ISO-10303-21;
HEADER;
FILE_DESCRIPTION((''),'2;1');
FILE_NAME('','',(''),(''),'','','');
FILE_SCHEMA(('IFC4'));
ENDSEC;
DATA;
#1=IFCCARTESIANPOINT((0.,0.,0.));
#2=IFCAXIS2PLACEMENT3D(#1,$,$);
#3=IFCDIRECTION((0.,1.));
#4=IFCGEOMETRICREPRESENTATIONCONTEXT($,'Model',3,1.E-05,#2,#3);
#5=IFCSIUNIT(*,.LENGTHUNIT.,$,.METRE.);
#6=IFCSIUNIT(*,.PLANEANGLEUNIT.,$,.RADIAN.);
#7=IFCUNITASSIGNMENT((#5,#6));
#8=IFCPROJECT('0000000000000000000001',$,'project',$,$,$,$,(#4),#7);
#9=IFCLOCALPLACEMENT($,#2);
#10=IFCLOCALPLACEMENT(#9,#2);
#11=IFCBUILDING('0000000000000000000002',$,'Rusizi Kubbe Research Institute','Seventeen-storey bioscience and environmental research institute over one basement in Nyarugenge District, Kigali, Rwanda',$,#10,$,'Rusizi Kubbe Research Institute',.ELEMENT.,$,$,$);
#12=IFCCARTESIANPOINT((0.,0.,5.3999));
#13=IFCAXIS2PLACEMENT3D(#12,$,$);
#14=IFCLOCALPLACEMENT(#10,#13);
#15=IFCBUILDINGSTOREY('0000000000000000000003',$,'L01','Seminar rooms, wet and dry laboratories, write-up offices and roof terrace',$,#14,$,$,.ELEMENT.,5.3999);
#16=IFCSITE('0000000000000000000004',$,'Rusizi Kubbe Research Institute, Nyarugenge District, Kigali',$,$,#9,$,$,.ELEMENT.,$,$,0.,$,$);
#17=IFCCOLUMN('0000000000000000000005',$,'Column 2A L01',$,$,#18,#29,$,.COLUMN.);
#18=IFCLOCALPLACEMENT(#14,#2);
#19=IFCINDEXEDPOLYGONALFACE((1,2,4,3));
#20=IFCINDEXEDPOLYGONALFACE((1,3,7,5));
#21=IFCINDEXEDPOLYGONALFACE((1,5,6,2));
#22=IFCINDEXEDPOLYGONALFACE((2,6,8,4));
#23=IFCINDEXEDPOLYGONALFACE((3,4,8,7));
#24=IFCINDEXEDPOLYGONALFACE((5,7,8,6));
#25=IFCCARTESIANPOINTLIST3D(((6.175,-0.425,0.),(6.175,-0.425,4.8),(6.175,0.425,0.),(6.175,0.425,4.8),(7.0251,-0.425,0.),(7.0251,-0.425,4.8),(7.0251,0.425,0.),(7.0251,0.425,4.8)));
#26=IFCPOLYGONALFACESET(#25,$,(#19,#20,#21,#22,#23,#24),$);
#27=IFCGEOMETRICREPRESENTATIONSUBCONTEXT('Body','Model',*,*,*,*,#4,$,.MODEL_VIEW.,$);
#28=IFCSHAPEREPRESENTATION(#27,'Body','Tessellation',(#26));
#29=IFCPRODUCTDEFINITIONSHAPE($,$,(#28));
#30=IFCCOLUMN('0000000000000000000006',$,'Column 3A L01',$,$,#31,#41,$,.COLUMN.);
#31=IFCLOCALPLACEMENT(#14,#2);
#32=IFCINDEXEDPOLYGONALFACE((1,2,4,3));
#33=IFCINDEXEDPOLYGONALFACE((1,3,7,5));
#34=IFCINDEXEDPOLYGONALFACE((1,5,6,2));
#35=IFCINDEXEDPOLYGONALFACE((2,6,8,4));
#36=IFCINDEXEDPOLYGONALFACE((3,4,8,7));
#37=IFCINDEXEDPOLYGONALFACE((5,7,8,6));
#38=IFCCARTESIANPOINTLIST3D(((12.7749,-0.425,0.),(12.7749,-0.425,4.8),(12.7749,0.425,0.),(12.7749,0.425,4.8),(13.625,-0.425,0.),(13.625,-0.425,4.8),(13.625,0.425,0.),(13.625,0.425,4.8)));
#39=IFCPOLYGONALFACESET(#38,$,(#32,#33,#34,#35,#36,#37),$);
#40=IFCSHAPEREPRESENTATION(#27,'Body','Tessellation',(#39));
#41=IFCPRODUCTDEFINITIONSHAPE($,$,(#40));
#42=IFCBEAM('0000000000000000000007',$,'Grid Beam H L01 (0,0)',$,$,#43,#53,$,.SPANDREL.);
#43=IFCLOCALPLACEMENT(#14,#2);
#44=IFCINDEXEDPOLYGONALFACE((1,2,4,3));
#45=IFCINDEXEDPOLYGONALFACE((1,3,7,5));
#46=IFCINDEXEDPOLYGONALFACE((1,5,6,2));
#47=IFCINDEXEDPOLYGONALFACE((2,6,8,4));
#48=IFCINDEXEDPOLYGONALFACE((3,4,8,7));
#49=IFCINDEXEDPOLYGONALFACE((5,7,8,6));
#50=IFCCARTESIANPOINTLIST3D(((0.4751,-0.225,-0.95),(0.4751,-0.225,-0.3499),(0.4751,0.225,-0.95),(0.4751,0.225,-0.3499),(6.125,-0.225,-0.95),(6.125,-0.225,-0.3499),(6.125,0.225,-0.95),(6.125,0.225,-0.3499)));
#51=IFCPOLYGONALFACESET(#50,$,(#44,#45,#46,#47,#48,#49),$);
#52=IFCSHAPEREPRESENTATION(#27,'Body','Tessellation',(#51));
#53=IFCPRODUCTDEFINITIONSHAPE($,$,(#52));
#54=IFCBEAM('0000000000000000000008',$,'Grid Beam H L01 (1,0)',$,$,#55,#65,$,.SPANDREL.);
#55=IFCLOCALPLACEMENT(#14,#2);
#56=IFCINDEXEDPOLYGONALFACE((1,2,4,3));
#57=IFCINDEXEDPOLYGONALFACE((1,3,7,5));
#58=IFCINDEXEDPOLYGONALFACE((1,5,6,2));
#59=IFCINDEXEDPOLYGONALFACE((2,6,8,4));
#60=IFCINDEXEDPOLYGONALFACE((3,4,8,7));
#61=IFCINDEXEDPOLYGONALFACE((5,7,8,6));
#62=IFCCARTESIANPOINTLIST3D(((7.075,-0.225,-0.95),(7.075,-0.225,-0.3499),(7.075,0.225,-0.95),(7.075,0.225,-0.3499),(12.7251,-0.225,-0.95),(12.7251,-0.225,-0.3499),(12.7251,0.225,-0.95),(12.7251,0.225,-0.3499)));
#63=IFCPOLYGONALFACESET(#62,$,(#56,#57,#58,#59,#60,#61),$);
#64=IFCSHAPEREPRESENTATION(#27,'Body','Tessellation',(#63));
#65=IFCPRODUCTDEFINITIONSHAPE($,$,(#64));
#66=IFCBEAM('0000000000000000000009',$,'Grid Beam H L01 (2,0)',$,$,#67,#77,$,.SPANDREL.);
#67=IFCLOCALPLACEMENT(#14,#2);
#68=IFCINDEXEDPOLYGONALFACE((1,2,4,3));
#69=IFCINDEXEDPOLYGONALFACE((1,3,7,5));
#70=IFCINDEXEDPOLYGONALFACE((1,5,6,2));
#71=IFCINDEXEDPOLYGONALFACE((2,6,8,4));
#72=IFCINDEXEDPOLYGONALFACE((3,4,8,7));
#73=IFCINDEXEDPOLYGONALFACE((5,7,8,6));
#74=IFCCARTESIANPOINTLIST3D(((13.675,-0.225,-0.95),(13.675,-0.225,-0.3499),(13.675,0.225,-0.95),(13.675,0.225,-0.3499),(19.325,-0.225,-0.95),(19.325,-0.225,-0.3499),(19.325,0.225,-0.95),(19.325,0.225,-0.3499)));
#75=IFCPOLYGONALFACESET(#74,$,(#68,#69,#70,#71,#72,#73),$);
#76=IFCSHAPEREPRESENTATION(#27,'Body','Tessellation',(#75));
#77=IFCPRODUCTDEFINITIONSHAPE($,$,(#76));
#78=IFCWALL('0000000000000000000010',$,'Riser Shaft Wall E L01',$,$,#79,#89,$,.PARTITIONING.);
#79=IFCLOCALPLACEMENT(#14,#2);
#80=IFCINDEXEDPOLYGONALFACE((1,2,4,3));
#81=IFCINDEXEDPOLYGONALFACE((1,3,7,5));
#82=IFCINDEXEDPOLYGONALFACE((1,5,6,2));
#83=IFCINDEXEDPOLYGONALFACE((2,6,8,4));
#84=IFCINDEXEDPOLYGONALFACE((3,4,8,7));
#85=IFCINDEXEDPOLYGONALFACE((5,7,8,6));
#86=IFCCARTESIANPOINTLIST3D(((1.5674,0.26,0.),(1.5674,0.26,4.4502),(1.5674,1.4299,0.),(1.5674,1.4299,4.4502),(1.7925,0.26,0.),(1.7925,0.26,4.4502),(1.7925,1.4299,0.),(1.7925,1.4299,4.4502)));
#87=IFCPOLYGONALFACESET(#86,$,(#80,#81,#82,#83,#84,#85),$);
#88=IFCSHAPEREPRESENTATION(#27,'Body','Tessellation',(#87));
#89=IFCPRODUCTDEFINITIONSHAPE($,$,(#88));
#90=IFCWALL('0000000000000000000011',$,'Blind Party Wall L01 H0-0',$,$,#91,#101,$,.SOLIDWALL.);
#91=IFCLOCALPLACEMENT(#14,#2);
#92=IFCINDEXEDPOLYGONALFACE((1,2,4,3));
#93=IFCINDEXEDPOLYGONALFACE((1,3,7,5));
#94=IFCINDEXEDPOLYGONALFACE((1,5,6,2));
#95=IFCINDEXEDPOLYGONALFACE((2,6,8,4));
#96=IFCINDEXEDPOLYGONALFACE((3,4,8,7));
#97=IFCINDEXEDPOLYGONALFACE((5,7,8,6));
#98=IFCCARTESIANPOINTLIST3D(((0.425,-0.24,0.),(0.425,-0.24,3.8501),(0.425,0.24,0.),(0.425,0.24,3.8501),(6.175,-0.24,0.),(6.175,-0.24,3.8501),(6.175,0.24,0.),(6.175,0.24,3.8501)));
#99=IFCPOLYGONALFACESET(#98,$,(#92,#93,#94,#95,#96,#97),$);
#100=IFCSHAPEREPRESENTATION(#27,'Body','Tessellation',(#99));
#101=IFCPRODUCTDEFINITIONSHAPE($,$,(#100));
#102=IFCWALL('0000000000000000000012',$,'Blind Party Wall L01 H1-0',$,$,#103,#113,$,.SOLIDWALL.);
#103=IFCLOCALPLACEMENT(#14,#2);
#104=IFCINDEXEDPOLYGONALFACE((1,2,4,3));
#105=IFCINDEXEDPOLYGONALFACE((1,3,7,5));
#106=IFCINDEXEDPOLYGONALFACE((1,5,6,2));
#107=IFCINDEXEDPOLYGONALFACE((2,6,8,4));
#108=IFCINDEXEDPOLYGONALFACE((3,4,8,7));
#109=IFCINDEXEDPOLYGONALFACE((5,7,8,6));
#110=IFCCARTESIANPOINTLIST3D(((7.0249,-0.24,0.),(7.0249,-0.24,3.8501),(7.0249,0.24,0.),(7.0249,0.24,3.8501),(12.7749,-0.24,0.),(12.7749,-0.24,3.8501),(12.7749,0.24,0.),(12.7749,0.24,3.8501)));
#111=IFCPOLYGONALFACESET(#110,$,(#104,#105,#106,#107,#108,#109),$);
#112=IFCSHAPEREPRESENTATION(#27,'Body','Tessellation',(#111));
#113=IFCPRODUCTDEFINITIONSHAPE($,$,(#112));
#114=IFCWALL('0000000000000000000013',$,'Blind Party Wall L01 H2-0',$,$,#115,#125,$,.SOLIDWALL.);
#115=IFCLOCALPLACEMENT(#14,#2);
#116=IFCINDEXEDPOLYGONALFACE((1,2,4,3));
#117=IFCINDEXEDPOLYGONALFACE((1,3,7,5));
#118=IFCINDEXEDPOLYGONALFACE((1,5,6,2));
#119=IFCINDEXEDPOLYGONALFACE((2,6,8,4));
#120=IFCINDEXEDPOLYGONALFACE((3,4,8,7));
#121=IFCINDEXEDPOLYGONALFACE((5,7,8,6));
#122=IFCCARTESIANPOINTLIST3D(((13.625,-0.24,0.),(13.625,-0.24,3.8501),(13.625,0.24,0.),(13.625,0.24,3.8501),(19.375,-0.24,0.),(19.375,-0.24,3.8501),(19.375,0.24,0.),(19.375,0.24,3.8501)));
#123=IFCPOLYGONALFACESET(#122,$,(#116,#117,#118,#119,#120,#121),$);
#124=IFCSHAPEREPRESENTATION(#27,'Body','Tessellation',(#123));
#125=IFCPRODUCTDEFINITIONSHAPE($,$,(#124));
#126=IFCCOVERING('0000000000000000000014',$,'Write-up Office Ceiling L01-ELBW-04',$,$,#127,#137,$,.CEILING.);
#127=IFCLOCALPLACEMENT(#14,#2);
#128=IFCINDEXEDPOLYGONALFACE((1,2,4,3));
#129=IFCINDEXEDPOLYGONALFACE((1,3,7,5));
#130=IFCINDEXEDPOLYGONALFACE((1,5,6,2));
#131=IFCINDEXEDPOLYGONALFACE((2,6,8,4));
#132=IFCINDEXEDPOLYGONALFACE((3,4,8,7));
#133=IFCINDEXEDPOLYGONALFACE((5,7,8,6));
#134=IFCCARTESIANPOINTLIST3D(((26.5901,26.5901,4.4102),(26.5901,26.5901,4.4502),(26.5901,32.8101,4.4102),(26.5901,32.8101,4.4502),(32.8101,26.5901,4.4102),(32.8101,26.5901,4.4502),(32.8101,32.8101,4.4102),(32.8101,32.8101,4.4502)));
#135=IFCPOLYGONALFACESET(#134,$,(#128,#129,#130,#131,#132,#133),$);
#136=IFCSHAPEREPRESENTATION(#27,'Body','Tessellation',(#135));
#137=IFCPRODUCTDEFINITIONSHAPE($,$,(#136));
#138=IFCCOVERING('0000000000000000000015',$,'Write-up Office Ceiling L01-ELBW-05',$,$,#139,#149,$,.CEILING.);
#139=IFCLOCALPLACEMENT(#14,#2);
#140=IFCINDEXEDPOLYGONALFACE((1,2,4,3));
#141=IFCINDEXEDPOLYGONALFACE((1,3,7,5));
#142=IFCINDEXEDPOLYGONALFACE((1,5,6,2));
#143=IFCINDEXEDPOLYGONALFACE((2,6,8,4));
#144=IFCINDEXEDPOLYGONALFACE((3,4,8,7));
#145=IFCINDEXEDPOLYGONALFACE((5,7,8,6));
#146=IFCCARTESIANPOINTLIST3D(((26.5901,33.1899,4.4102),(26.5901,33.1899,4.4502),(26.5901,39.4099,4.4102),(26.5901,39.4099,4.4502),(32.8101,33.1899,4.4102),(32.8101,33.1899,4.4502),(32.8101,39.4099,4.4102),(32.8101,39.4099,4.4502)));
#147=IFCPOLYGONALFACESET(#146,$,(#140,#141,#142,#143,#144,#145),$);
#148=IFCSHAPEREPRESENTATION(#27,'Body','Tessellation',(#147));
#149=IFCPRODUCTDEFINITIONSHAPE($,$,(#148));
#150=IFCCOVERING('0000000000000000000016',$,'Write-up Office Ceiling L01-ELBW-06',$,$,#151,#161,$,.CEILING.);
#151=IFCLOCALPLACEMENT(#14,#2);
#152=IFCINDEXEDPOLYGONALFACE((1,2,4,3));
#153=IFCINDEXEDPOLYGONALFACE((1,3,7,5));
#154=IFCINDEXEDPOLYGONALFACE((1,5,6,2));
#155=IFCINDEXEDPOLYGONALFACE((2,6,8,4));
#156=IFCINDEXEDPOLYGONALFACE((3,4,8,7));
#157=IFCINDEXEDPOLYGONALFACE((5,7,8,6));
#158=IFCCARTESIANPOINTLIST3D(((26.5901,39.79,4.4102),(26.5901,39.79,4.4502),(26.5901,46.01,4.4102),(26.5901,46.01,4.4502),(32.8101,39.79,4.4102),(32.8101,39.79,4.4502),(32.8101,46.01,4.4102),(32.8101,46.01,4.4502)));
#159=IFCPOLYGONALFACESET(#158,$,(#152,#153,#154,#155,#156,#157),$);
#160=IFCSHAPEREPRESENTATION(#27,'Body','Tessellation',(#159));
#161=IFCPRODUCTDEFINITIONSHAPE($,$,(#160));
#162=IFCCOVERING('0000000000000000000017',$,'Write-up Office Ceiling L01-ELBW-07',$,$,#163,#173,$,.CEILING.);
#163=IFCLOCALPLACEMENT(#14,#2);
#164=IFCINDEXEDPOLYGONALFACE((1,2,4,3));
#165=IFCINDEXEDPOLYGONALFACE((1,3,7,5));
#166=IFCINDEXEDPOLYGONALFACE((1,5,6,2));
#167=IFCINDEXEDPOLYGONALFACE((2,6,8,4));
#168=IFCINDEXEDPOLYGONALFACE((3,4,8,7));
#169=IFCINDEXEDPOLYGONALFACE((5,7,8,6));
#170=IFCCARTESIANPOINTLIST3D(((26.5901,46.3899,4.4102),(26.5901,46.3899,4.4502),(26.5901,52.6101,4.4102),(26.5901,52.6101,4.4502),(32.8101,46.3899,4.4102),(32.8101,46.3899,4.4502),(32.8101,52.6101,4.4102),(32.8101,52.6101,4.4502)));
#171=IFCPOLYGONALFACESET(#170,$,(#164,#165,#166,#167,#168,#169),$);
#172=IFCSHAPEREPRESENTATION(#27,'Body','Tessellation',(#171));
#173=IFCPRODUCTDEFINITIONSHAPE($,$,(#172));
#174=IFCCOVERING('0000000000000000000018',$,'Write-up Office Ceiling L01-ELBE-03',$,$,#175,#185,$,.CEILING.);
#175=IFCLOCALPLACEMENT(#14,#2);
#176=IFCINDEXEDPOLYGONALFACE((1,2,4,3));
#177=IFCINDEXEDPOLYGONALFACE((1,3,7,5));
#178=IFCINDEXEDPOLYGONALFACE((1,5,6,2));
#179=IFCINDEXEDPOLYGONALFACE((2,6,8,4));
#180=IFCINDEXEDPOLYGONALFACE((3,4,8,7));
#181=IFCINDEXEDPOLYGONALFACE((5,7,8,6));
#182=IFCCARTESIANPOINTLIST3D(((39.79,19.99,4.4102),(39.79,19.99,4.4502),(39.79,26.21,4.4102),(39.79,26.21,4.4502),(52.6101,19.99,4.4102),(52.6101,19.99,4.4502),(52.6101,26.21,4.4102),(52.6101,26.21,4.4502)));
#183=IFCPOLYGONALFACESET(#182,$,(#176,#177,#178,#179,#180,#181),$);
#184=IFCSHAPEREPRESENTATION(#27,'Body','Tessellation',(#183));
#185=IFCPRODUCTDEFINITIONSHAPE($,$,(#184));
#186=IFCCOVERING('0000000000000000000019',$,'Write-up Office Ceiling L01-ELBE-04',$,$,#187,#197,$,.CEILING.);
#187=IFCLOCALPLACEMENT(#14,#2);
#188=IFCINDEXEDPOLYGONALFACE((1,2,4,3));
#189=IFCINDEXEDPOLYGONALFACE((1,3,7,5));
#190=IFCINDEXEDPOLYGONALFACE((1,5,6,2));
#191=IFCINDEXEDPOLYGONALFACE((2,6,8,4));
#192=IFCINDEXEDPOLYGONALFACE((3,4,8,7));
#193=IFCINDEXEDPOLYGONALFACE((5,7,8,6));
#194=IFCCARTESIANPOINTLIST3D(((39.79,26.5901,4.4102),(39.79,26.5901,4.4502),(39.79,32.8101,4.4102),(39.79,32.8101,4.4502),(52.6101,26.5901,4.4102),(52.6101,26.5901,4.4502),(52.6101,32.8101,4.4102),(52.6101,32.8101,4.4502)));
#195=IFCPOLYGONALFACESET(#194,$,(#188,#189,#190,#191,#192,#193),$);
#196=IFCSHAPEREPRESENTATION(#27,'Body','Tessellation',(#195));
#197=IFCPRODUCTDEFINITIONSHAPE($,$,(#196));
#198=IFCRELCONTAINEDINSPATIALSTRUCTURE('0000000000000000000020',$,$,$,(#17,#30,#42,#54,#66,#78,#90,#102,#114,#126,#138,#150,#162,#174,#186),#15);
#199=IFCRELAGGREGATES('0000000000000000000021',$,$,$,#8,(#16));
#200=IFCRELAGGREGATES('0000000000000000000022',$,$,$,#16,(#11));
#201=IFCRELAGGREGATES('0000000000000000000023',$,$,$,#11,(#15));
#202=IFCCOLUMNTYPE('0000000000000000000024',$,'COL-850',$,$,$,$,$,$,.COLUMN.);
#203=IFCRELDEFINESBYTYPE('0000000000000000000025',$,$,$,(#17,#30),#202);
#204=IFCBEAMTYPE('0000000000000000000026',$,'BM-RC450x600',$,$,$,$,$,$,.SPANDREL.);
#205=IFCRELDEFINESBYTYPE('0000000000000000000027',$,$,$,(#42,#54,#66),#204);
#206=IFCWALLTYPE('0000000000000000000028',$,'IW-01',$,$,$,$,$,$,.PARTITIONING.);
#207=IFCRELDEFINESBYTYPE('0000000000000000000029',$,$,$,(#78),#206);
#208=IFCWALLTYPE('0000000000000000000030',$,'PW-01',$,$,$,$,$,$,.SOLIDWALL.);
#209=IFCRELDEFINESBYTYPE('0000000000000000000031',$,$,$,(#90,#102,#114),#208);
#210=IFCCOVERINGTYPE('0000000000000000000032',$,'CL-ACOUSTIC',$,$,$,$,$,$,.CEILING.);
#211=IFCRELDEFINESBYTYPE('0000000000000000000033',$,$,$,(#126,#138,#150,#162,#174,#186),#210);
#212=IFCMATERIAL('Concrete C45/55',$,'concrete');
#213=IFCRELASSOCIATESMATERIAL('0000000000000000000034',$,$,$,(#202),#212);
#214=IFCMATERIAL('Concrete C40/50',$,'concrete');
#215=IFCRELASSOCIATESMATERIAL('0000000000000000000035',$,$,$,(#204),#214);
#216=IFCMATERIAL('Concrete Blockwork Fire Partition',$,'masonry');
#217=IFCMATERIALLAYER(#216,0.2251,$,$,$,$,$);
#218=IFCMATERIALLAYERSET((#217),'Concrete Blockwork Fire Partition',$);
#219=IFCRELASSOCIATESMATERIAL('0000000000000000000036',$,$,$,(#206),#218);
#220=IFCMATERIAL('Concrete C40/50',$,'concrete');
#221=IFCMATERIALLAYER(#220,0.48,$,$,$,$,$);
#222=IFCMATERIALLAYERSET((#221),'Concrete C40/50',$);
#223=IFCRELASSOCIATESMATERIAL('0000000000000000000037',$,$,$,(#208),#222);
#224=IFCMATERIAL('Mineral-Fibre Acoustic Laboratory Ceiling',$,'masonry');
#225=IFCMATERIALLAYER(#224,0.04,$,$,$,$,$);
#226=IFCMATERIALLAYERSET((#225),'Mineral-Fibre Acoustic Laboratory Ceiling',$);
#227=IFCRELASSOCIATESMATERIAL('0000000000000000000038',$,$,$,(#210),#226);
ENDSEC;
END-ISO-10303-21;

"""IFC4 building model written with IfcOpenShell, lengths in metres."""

from ifc_helpers import new_model, si_unit, direction, frame, frame_2d, origin, origin_2d, place, context, subcontext, project, spatial, polyline, rectangle, outline, extrude, material, layer, layer_set, material_profile, profile_set, type_object, element, save


model = new_model("IFC4")

# Units and contexts
model_context = context("Model", 3, precision=1e-05, world=origin(), true_north=direction((0.0, 1.0)))
body_context = subcontext(model_context, "Body", "Model", "MODEL_VIEW")
ifc_project = project(units=[si_unit("LENGTHUNIT", "METRE"), si_unit("PLANEANGLEUNIT", "RADIAN")], contexts=[model_context])

# Site, building, storey
site_placement = place(None, origin())
site = spatial("IfcSite", under=ifc_project, at=site_placement, Name="Rusizi Kubbe Research Institute, Nyarugenge District, Kigali", CompositionType="ELEMENT", RefElevation=0.0)
building_placement = place(site_placement, origin())
building = spatial("IfcBuilding", under=site, at=building_placement, Name="Rusizi Kubbe Research Institute", Description="Seventeen-storey bioscience and environmental research institute over one basement in Nyarugenge District, Kigali, Rwanda", LongName="Rusizi Kubbe Research Institute", CompositionType="ELEMENT")
storey_placement = place(building_placement, frame((0.0, 0.0, 5.3999)))
storey = spatial("IfcBuildingStorey", under=building, at=storey_placement, Name="L01", Description="Seminar rooms, wet and dry laboratories, write-up offices and roof terrace", CompositionType="ELEMENT", Elevation=5.3999)

# Columns
ifc_material_1 = material(Name="Concrete C45/55", Category="concrete")
ifc_material_profile_1 = material_profile(ifc_material_1, rectangle(XDim=0.8501, YDim=0.8501, at=origin_2d()), Name="RC850x850")
ifc_profile_set_1 = profile_set([ifc_material_profile_1], Name="Concrete C45/55")
column_type = type_object("IfcColumnType", Name="COL-850", PredefinedType="COLUMN", material=ifc_profile_set_1)
for number, where, z_axis, x_axis, name in (
    (1, (6.6001, 0.0, 0.0), (0.0, 0.0, 1.0), (1.0, 0.0, 0.0), "Column 2A L01"),
    (2, (13.2, 0.0, 0.0), (0.0, 0.0, 1.0), (1.0, 0.0, 0.0), "Column 3A L01"),
):
    element("IfcColumn", number, at=place(storey_placement, frame(where, z_axis=z_axis, x_axis=x_axis)), inside=storey, type_object=column_type, Name=name, PredefinedType="COLUMN", context=body_context, shape_type="SweptSolid", body=[
        extrude(rectangle(XDim=0.8501, YDim=0.8501, at=origin_2d()), origin(), (0.0, 0.0, 1.0), 4.8),
    ])

# Beams
ifc_material_2 = material(Name="Concrete C40/50", Category="concrete")
ifc_material_profile_2 = material_profile(ifc_material_2, rectangle(XDim=0.45, YDim=0.6001, at=origin_2d()), Name="RC450x600")
ifc_profile_set_2 = profile_set([ifc_material_profile_2], Name="Concrete C40/50")
beam_type = type_object("IfcBeamType", Name="BM-RC450x600", PredefinedType="SPANDREL", material=ifc_profile_set_2)
beam_1_placement = place(storey_placement, frame((0.4751, 0.0, -0.6499), z_axis=(1.0, 0.0, 0.0), x_axis=(0.0, 1.0, 0.0)))
element("IfcBeam", 3, at=beam_1_placement, inside=storey, type_object=beam_type, Name="Grid Beam H L01 (0,0)", PredefinedType="SPANDREL", context=body_context, shape_type="SweptSolid", body=[
    extrude(rectangle(XDim=0.45, YDim=0.6001, at=origin_2d()), origin(), (0.0, 0.0, 1.0), 5.6499),
])
beam_2_placement = place(storey_placement, frame((7.075, 0.0, -0.6499), z_axis=(1.0, 0.0, 0.0), x_axis=(0.0, 1.0, 0.0)))
element("IfcBeam", 4, at=beam_2_placement, inside=storey, type_object=beam_type, Name="Grid Beam H L01 (1,0)", PredefinedType="SPANDREL", context=body_context, shape_type="SweptSolid", body=[
    extrude(rectangle(XDim=0.45, YDim=0.6001, at=origin_2d()), origin(), (0.0, 0.0, 1.0), 5.6501),
])
beam_3_placement = place(storey_placement, frame((13.675, 0.0, -0.6499), z_axis=(1.0, 0.0, 0.0), x_axis=(0.0, 1.0, 0.0)))
element("IfcBeam", 5, at=beam_3_placement, inside=storey, type_object=beam_type, Name="Grid Beam H L01 (2,0)", PredefinedType="SPANDREL", context=body_context, shape_type="SweptSolid", body=[
    extrude(rectangle(XDim=0.45, YDim=0.6001, at=origin_2d()), origin(), (0.0, 0.0, 1.0), 5.6499),
])

# Walls
ifc_material_3 = material(Name="Concrete Blockwork Fire Partition", Category="masonry")
ifc_layer_1 = layer(ifc_material_3, 0.2251)
ifc_layer_set_1 = layer_set([ifc_layer_1], Name="Concrete Blockwork Fire Partition")
wall_type_1 = type_object("IfcWallType", Name="IW-01", PredefinedType="PARTITIONING", material=ifc_layer_set_1)
wall_placement = place(storey_placement, frame((1.6799, 0.26, 0.0), z_axis=(0.0, 0.0, 1.0), x_axis=(0.0, 1.0, 0.0)))
element("IfcWall", 6, at=wall_placement, inside=storey, type_object=wall_type_1, Name="Riser Shaft Wall E L01", PredefinedType="PARTITIONING", context=body_context, shape_type="SweptSolid", body=[
    extrude(rectangle(XDim=1.1699, YDim=0.2251, at=frame_2d((0.585, 0.0))), origin(), (0.0, 0.0, 1.0), 4.4502),
])
ifc_material_4 = material(Name="Concrete C40/50", Category="concrete")
ifc_layer_2 = layer(ifc_material_4, 0.48)
ifc_layer_set_2 = layer_set([ifc_layer_2], Name="Concrete C40/50")
wall_type_2 = type_object("IfcWallType", Name="PW-01", PredefinedType="SOLIDWALL", material=ifc_layer_set_2)
for number, where, z_axis, x_axis, name in (
    (7, (0.425, 0.0, 0.0), (0.0, 0.0, 1.0), (1.0, 0.0, 0.0), "Blind Party Wall L01 H0-0"),
    (8, (7.0249, 0.0, 0.0), (0.0, 0.0, 1.0), (1.0, 0.0, 0.0), "Blind Party Wall L01 H1-0"),
    (9, (13.625, 0.0, 0.0), (0.0, 0.0, 1.0), (1.0, 0.0, 0.0), "Blind Party Wall L01 H2-0"),
):
    element("IfcWall", number, at=place(storey_placement, frame(where, z_axis=z_axis, x_axis=x_axis)), inside=storey, type_object=wall_type_2, Name=name, PredefinedType="SOLIDWALL", context=body_context, shape_type="SweptSolid", body=[
        extrude(rectangle(XDim=5.75, YDim=0.48, at=frame_2d((2.875, 0.0))), origin(), (0.0, 0.0, 1.0), 3.8501),
    ])

# Coverings
ifc_material_5 = material(Name="Mineral-Fibre Acoustic Laboratory Ceiling", Category="masonry")
ifc_layer_3 = layer(ifc_material_5, 0.04)
ifc_layer_set_3 = layer_set([ifc_layer_3], Name="Mineral-Fibre Acoustic Laboratory Ceiling")
covering_type_1 = type_object("IfcCoveringType", Name="CL-ACOUSTIC", PredefinedType="CEILING", material=ifc_layer_set_3)
covering_1_placement = place(storey_placement, frame((0.0, 0.0, 4.4102)))
element("IfcCovering", 10, at=covering_1_placement, inside=storey, type_object=covering_type_1, Name="Write-up Office Ceiling L01-ELBW-04", PredefinedType="CEILING", context=body_context, shape_type="SweptSolid", body=[
    extrude(outline(polyline([(26.5901, 26.5901), (32.8101, 26.5901), (32.8101, 32.8101), (26.5901, 32.8101), (26.5901, 26.5901)])), origin(), (0.0, 0.0, 1.0), 0.04),
])
covering_2_placement = place(storey_placement, frame((0.0, 0.0, 4.4102)))
element("IfcCovering", 11, at=covering_2_placement, inside=storey, type_object=covering_type_1, Name="Write-up Office Ceiling L01-ELBW-05", PredefinedType="CEILING", context=body_context, shape_type="SweptSolid", body=[
    extrude(outline(polyline([(26.5901, 33.1899), (32.8101, 33.1899), (32.8101, 39.4099), (26.5901, 39.4099), (26.5901, 33.1899)])), origin(), (0.0, 0.0, 1.0), 0.04),
])
covering_3_placement = place(storey_placement, frame((0.0, 0.0, 4.4102)))
element("IfcCovering", 12, at=covering_3_placement, inside=storey, type_object=covering_type_1, Name="Write-up Office Ceiling L01-ELBW-06", PredefinedType="CEILING", context=body_context, shape_type="SweptSolid", body=[
    extrude(outline(polyline([(26.5901, 39.79), (32.8101, 39.79), (32.8101, 46.01), (26.5901, 46.01), (26.5901, 39.79)])), origin(), (0.0, 0.0, 1.0), 0.04),
])
covering_4_placement = place(storey_placement, frame((0.0, 0.0, 4.4102)))
element("IfcCovering", 13, at=covering_4_placement, inside=storey, type_object=covering_type_1, Name="Write-up Office Ceiling L01-ELBW-07", PredefinedType="CEILING", context=body_context, shape_type="SweptSolid", body=[
    extrude(outline(polyline([(26.5901, 46.3899), (32.8101, 46.3899), (32.8101, 52.6101), (26.5901, 52.6101), (26.5901, 46.3899)])), origin(), (0.0, 0.0, 1.0), 0.04),
])
covering_5_placement = place(storey_placement, frame((0.0, 0.0, 4.4102)))
element("IfcCovering", 14, at=covering_5_placement, inside=storey, type_object=covering_type_1, Name="Write-up Office Ceiling L01-ELBE-03", PredefinedType="CEILING", context=body_context, shape_type="SweptSolid", body=[
    extrude(outline(polyline([(39.79, 19.99), (52.6101, 19.99), (52.6101, 26.21), (39.79, 26.21), (39.79, 19.99)])), origin(), (0.0, 0.0, 1.0), 0.04),
])
covering_6_placement = place(storey_placement, frame((0.0, 0.0, 4.4102)))
element("IfcCovering", 15, at=covering_6_placement, inside=storey, type_object=covering_type_1, Name="Write-up Office Ceiling L01-ELBE-04", PredefinedType="CEILING", context=body_context, shape_type="SweptSolid", body=[
    extrude(outline(polyline([(39.79, 26.5901), (52.6101, 26.5901), (52.6101, 32.8101), (39.79, 32.8101), (39.79, 26.5901)])), origin(), (0.0, 0.0, 1.0), 0.04),
])

save(model, "model.ifc")
